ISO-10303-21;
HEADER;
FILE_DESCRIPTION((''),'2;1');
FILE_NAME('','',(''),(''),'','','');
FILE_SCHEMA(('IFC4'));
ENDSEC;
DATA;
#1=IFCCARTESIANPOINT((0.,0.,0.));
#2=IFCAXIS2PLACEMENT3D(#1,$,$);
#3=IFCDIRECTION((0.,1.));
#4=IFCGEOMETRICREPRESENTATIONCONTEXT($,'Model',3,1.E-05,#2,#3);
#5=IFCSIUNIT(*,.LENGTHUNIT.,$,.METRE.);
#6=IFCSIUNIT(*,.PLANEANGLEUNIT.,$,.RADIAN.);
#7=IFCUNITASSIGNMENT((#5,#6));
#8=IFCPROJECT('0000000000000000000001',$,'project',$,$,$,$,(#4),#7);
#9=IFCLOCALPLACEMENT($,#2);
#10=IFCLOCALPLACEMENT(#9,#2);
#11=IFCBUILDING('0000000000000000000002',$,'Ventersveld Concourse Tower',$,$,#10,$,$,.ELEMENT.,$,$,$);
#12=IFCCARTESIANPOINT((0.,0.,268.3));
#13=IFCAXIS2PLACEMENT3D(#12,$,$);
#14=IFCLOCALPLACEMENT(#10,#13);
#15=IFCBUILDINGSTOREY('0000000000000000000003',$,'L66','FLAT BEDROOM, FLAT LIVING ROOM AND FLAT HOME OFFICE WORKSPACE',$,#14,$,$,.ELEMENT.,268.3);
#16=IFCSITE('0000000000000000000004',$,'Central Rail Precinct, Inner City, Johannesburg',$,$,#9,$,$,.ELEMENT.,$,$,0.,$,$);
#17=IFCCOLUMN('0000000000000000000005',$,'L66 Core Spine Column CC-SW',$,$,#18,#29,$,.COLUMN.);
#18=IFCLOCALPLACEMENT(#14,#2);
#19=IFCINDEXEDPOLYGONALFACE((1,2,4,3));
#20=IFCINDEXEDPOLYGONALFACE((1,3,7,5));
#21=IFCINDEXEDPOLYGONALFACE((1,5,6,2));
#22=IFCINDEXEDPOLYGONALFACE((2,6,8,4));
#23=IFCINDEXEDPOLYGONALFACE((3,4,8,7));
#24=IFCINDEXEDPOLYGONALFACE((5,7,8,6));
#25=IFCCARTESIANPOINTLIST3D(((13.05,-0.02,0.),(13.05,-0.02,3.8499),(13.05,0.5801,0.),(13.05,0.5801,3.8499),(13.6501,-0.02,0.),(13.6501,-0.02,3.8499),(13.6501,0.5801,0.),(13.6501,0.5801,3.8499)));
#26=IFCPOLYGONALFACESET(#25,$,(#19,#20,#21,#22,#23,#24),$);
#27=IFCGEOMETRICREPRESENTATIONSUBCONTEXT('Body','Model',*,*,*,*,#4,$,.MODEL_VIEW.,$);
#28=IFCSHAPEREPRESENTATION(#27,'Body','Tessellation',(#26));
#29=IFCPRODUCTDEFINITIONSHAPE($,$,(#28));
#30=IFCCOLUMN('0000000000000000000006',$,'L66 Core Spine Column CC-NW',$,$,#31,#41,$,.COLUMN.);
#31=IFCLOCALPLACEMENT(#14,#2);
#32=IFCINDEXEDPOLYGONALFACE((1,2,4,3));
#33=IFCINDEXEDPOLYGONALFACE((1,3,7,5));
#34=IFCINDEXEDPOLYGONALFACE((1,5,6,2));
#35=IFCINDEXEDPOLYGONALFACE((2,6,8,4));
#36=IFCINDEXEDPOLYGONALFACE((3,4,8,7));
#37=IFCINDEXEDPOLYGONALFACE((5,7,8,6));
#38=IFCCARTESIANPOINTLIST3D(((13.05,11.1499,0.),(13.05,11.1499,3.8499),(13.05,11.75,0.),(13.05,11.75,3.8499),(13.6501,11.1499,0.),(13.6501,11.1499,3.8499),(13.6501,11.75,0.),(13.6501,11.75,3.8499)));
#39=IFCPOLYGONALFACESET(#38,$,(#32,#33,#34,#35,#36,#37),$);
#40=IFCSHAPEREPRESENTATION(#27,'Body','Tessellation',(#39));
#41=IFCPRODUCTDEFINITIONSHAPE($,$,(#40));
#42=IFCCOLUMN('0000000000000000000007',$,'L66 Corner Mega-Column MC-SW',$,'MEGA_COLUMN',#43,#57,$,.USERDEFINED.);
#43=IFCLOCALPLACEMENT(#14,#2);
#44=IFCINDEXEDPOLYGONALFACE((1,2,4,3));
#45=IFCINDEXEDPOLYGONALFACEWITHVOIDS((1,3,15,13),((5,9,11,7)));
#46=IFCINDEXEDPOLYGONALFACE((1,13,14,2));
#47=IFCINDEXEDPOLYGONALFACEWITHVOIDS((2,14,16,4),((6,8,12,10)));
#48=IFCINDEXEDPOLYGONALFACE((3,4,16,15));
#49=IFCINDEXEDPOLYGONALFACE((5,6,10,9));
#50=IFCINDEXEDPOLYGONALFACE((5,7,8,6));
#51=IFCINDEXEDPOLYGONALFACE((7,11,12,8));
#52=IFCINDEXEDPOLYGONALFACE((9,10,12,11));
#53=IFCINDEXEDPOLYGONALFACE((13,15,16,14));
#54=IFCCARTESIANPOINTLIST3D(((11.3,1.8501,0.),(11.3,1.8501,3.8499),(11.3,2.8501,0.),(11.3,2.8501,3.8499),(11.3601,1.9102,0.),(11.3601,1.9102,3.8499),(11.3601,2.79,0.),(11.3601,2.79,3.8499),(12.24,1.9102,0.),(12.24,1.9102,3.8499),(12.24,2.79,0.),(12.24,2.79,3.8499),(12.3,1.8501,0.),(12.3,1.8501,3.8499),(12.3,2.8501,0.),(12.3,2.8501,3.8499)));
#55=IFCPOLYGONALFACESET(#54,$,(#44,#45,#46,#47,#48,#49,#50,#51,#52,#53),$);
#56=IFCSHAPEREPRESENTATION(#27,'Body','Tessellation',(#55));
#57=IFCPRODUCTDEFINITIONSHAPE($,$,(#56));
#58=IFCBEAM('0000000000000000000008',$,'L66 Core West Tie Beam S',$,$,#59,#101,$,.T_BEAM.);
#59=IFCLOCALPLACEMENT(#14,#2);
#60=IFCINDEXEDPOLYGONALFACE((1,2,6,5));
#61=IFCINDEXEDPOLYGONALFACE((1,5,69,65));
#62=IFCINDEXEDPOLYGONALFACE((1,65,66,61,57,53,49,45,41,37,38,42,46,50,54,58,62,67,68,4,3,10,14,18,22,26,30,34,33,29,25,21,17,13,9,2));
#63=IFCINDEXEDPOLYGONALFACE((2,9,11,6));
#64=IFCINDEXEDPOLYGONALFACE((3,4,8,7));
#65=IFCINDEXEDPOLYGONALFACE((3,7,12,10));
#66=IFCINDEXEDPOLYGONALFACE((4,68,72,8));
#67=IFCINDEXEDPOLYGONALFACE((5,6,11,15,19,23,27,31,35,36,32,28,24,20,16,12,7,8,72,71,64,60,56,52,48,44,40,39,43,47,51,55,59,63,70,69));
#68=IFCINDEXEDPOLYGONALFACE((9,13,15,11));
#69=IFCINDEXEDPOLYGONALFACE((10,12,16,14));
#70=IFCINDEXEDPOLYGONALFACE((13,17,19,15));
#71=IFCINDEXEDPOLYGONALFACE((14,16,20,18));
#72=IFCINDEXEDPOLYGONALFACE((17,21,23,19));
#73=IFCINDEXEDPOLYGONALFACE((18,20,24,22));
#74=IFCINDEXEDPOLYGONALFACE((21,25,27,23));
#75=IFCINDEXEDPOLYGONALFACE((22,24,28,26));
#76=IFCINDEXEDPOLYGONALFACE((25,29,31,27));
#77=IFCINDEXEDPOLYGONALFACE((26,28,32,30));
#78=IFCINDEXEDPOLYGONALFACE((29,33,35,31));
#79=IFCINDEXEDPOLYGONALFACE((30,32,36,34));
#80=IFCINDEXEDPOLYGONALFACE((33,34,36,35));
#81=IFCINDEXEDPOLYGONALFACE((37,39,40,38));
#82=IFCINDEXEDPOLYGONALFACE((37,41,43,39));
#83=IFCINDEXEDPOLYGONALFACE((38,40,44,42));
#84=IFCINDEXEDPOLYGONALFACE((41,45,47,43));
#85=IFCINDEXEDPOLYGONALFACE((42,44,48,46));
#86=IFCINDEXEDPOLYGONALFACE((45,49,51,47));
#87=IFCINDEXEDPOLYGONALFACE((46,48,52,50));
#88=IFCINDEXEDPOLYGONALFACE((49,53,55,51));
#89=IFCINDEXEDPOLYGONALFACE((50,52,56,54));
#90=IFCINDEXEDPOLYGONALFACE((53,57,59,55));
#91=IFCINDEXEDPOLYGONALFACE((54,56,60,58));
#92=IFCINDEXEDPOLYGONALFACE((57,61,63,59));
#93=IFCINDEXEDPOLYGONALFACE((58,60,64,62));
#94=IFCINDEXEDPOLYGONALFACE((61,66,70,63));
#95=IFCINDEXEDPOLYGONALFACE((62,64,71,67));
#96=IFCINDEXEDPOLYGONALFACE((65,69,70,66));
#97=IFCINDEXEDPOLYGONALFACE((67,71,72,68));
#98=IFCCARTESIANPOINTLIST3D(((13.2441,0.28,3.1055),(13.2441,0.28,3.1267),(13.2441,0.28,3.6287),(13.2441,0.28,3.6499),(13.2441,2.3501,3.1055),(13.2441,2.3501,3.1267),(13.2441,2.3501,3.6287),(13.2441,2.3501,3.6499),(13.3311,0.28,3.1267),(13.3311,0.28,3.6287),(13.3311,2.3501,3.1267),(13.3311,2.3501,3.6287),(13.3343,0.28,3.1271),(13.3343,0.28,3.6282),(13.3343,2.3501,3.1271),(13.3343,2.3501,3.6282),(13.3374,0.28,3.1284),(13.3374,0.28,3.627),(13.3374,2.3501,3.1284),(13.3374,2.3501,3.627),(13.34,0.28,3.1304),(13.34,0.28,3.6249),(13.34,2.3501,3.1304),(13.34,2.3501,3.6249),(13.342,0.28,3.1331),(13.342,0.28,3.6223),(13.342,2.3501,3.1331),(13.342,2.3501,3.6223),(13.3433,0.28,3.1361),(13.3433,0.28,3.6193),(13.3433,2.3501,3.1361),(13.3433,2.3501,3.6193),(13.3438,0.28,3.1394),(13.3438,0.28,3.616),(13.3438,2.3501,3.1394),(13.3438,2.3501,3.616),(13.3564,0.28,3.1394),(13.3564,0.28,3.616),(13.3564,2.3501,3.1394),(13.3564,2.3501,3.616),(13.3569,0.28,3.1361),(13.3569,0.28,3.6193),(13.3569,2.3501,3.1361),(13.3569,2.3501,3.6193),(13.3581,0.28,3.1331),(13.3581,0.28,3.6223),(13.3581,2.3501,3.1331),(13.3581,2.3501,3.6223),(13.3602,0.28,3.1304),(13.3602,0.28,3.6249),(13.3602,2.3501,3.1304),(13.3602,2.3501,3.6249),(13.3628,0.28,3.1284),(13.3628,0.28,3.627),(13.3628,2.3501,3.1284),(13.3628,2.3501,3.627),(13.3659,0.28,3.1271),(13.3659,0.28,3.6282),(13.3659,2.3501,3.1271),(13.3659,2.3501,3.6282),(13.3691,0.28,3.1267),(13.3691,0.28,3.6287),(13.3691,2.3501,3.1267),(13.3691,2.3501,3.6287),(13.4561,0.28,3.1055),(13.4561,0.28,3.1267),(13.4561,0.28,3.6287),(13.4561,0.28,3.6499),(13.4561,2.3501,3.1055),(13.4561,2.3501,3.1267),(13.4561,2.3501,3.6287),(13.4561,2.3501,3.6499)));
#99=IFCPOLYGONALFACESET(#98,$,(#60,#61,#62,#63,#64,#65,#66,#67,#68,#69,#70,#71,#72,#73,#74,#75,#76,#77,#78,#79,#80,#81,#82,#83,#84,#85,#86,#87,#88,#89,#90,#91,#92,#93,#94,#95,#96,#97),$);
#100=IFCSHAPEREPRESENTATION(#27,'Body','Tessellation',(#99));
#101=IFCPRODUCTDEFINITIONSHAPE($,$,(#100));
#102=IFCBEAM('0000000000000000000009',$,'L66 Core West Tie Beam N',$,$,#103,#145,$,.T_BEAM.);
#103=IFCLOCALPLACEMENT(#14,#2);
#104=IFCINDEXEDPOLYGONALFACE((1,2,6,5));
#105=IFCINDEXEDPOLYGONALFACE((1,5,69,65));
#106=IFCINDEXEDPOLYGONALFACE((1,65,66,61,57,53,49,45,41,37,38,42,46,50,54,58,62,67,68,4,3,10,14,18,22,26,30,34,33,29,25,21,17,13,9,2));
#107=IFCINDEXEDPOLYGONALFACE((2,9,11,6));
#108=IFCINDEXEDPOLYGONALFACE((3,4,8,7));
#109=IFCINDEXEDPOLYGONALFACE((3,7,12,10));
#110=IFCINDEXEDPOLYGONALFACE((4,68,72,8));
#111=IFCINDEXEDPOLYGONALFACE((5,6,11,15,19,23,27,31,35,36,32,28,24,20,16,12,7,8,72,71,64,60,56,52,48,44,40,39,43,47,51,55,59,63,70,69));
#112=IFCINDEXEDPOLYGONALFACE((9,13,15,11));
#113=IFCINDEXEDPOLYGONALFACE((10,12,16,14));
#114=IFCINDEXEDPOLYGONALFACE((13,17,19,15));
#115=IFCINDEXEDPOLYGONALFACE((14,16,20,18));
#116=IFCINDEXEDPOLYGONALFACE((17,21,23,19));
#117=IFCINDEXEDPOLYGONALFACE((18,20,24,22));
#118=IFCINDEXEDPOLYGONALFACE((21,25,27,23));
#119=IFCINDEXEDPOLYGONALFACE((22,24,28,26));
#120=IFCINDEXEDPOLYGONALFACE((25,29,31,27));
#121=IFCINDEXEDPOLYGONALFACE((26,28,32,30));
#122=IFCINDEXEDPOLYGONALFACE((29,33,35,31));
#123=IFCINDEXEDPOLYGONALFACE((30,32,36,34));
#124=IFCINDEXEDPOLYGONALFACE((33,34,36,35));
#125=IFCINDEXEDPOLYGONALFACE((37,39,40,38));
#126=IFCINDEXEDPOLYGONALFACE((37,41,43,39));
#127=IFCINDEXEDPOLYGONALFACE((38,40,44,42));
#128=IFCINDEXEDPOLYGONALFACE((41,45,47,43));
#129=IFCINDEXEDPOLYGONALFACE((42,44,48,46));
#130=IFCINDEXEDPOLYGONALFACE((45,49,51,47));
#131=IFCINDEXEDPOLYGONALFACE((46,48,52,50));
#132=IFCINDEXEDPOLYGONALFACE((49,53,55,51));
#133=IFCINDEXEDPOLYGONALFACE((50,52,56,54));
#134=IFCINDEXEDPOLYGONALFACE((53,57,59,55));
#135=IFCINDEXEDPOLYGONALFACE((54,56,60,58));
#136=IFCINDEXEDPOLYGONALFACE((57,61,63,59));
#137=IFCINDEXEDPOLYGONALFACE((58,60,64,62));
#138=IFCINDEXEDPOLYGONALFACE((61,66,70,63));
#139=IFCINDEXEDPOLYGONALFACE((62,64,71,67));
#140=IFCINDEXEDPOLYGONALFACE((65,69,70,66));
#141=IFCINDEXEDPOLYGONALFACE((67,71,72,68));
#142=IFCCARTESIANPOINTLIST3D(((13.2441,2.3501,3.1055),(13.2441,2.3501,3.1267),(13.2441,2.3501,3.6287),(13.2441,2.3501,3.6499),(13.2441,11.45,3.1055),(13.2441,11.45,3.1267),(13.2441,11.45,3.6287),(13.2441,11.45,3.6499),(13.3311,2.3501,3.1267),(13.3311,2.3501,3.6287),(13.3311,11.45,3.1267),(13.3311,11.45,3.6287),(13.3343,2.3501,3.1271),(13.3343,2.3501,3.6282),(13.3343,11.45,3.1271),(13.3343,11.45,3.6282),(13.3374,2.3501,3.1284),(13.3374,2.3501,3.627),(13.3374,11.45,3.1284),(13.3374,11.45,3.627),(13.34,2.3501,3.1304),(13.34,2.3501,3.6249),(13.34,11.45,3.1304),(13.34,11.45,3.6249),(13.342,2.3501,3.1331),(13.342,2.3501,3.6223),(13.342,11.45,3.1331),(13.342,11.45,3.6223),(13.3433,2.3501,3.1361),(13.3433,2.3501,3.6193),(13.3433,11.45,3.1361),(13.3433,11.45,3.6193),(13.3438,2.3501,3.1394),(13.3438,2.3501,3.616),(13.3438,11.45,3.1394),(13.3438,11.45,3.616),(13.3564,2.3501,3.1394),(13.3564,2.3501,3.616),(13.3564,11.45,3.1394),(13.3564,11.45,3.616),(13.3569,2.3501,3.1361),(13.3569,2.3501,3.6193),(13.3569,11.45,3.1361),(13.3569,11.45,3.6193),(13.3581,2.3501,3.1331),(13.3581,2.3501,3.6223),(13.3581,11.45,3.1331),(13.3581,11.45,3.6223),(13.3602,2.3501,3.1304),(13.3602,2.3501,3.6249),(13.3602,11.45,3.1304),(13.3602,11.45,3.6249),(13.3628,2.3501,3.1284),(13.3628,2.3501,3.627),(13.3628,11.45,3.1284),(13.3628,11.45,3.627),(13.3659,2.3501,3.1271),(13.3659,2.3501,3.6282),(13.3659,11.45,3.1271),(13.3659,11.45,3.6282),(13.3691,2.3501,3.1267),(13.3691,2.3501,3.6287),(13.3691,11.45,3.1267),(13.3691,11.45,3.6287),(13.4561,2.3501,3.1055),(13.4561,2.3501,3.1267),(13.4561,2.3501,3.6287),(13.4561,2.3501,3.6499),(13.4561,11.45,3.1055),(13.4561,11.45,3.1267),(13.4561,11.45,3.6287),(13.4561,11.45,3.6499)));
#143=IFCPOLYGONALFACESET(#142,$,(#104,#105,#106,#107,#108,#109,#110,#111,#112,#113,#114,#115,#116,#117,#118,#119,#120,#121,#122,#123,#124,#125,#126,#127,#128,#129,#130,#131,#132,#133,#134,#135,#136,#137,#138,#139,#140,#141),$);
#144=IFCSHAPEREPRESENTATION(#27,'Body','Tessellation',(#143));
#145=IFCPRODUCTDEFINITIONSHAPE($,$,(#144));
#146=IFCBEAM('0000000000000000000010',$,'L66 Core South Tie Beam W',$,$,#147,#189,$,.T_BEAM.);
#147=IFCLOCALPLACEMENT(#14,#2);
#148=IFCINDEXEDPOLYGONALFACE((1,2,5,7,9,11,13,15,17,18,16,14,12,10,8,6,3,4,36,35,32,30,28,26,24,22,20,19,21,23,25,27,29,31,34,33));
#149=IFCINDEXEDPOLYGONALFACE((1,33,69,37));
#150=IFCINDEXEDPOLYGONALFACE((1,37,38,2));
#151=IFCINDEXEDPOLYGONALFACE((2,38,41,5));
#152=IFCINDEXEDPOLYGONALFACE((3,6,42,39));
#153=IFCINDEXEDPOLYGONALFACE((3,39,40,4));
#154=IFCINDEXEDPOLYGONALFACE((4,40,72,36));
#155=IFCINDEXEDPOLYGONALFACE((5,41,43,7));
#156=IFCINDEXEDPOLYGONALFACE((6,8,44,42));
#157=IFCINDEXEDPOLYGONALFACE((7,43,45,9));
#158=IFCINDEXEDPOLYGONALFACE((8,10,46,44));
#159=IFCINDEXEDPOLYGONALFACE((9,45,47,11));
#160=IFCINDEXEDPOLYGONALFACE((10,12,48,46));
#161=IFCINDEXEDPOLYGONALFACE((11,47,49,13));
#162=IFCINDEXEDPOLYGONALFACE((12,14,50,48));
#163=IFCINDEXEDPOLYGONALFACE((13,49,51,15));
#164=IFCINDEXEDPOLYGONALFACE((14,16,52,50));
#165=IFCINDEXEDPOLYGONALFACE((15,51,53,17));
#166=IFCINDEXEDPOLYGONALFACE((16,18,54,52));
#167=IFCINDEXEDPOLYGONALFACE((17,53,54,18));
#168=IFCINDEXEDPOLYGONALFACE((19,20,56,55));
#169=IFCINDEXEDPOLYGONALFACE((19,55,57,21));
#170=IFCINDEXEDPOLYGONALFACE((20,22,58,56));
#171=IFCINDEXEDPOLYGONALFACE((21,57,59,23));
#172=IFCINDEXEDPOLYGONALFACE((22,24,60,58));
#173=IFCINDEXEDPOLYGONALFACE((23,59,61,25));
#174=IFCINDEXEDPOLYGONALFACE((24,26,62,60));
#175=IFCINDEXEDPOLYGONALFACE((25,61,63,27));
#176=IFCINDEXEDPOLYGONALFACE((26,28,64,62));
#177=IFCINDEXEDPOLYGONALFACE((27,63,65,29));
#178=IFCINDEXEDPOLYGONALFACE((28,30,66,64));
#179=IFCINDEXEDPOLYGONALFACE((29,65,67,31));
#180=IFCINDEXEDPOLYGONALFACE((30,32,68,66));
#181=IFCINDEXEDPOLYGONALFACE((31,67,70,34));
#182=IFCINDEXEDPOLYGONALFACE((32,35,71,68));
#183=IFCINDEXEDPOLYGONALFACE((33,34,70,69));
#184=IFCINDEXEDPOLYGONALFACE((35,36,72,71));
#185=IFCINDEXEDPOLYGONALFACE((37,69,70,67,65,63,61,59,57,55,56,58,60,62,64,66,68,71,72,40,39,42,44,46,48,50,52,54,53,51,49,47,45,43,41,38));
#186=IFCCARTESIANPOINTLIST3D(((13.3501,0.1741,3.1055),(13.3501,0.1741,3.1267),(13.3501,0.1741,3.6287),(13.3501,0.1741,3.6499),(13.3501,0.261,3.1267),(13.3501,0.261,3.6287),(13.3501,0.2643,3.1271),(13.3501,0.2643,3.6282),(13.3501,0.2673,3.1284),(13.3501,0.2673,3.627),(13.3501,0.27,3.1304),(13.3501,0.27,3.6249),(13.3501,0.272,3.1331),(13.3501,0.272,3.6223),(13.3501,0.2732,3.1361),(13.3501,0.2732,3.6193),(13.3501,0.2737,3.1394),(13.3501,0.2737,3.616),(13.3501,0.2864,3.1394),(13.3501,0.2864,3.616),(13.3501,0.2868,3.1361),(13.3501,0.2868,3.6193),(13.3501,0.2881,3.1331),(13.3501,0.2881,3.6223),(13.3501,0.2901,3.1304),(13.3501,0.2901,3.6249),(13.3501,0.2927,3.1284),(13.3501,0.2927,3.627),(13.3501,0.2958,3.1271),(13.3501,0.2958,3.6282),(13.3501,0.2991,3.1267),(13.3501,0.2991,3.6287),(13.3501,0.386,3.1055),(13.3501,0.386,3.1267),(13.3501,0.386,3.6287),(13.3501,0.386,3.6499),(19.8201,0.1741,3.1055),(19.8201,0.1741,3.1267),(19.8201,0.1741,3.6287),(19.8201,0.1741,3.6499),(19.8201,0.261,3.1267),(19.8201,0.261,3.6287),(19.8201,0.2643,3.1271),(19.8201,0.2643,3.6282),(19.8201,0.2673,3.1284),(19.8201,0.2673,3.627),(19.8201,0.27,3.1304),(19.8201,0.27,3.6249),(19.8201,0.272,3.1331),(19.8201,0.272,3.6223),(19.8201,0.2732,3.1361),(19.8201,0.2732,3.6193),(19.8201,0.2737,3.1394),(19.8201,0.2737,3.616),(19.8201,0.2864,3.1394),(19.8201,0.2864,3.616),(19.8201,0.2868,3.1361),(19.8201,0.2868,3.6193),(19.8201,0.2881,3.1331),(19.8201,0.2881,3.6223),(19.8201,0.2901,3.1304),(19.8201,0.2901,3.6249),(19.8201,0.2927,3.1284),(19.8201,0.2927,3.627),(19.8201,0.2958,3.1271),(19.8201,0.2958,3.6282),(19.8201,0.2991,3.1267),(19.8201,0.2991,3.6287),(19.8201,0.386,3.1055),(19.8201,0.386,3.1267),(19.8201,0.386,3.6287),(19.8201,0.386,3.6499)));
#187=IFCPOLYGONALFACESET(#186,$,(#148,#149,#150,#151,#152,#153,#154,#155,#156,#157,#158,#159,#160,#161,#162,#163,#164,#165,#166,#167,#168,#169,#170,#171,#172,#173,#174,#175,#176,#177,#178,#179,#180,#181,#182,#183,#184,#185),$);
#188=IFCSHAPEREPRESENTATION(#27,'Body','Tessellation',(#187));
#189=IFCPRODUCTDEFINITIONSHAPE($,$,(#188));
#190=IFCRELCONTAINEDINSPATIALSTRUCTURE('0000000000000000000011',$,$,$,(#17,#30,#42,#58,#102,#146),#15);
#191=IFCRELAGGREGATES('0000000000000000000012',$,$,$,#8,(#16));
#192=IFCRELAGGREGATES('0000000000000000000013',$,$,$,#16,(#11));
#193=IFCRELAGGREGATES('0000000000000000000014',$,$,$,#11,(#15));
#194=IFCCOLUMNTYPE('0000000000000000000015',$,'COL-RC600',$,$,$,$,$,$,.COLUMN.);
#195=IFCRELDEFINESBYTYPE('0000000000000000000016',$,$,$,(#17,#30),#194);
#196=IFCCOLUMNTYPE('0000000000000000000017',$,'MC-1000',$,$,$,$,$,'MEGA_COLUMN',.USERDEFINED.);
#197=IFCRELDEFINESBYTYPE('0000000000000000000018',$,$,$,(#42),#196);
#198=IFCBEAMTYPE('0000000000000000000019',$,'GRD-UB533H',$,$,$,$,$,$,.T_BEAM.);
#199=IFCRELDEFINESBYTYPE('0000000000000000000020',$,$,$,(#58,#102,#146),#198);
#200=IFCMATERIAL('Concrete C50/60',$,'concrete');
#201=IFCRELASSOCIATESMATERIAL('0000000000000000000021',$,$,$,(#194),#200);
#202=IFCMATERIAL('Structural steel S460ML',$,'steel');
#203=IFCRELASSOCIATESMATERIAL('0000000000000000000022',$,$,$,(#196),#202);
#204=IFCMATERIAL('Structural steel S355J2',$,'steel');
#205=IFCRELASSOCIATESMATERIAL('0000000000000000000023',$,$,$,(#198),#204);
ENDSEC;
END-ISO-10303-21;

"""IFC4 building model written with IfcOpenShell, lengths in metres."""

from ifc_helpers import new_model, si_unit, direction, frame, origin, origin_2d, place, context, subcontext, project, spatial, rectangle, hollow_rectangle, i_section, extrude, material, material_profile, profile_set, type_object, element, save


model = new_model("IFC4")

# Units and contexts
model_context = context("Model", 3, precision=1e-05, world=origin(), true_north=direction((0.0, 1.0)))
body_context = subcontext(model_context, "Body", "Model", "MODEL_VIEW")
ifc_project = project(units=[si_unit("LENGTHUNIT", "METRE"), si_unit("PLANEANGLEUNIT", "RADIAN")], contexts=[model_context])

# Site, building, storey
site_placement = place(None, origin())
site = spatial("IfcSite", under=ifc_project, at=site_placement, Name="Central Rail Precinct, Inner City, Johannesburg", CompositionType="ELEMENT", RefElevation=0.0)
building_placement = place(site_placement, origin())
building = spatial("IfcBuilding", under=site, at=building_placement, Name="Ventersveld Concourse Tower", CompositionType="ELEMENT")
storey_placement = place(building_placement, frame((0.0, 0.0, 268.3)))
storey = spatial("IfcBuildingStorey", under=building, at=storey_placement, Name="L66", Description="FLAT BEDROOM, FLAT LIVING ROOM AND FLAT HOME OFFICE WORKSPACE", CompositionType="ELEMENT", Elevation=268.3)

# Columns
ifc_material_1 = material(Name="Concrete C50/60", Category="concrete")
ifc_material_profile_1 = material_profile(ifc_material_1, rectangle(XDim=0.6001, YDim=0.6001, at=origin_2d()), Name="RC 600x600")
ifc_profile_set_1 = profile_set([ifc_material_profile_1], Name="Concrete C50/60")
column_type_1 = type_object("IfcColumnType", Name="COL-RC600", PredefinedType="COLUMN", material=ifc_profile_set_1)
for number, where, z_axis, x_axis, name in (
    (1, (13.3501, 0.28, 0.0), (0.0, 0.0, 1.0), (1.0, 0.0, 0.0), "L66 Core Spine Column CC-SW"),
    (2, (13.3501, 11.45, 0.0), (0.0, 0.0, 1.0), (1.0, 0.0, 0.0), "L66 Core Spine Column CC-NW"),
):
    element("IfcColumn", number, at=place(storey_placement, frame(where, z_axis=z_axis, x_axis=x_axis)), inside=storey, type_object=column_type_1, Name=name, PredefinedType="COLUMN", context=body_context, shape_type="SweptSolid", body=[
        extrude(rectangle(XDim=0.6001, YDim=0.6001, at=origin_2d()), origin(), (0.0, 0.0, 1.0), 3.8499),
    ])
ifc_material_2 = material(Name="Structural steel S460ML", Category="steel")
ifc_material_profile_2 = material_profile(ifc_material_2, hollow_rectangle(XDim=1.0, YDim=1.0, WallThickness=0.0601, at=origin_2d()), Name="BOX 1000x1000x60")
ifc_profile_set_2 = profile_set([ifc_material_profile_2], Name="Structural steel S460ML")
column_type_2 = type_object("IfcColumnType", Name="MC-1000", ElementType="MEGA_COLUMN", PredefinedType="USERDEFINED", material=ifc_profile_set_2)
column_placement = place(storey_placement, frame((11.8, 2.3501, 0.0), z_axis=(0.0, 0.0, 1.0), x_axis=(1.0, 0.0, 0.0)))
element("IfcColumn", 3, at=column_placement, inside=storey, type_object=column_type_2, Name="L66 Corner Mega-Column MC-SW", ObjectType="MEGA_COLUMN", PredefinedType="USERDEFINED", context=body_context, shape_type="SweptSolid", body=[
    extrude(hollow_rectangle(XDim=1.0, YDim=1.0, WallThickness=0.0601, at=origin_2d()), origin(), (0.0, 0.0, 1.0), 3.8499),
])

# Beams
ifc_material_3 = material(Name="Structural steel S355J2", Category="steel")
ifc_material_profile_3 = material_profile(ifc_material_3, i_section(OverallWidth=0.2119, OverallDepth=0.5444, WebThickness=0.0127, FlangeThickness=0.0212, FilletRadius=0.0127, at=origin_2d()), Name="UB 533x210x122")
ifc_profile_set_3 = profile_set([ifc_material_profile_3], Name="Structural steel S355J2")
beam_type_1 = type_object("IfcBeamType", Name="GRD-UB533H", PredefinedType="T_BEAM", material=ifc_profile_set_3)
beam_1_placement = place(storey_placement, frame((13.3501, 0.28, 3.3777), z_axis=(0.0, 1.0, 0.0), x_axis=(-1.0, 0.0, 0.0)))
element("IfcBeam", 4, at=beam_1_placement, inside=storey, type_object=beam_type_1, Name="L66 Core West Tie Beam S", PredefinedType="T_BEAM", context=body_context, shape_type="SweptSolid", body=[
    extrude(i_section(OverallWidth=0.2119, OverallDepth=0.5444, WebThickness=0.0127, FlangeThickness=0.0212, FilletRadius=0.0127, at=origin_2d()), origin(), (0.0, 0.0, 1.0), 2.0701),
])
beam_2_placement = place(storey_placement, frame((13.3501, 2.3501, 3.3777), z_axis=(0.0, 1.0, 0.0), x_axis=(-1.0, 0.0, 0.0)))
element("IfcBeam", 5, at=beam_2_placement, inside=storey, type_object=beam_type_1, Name="L66 Core West Tie Beam N", PredefinedType="T_BEAM", context=body_context, shape_type="SweptSolid", body=[
    extrude(i_section(OverallWidth=0.2119, OverallDepth=0.5444, WebThickness=0.0127, FlangeThickness=0.0212, FilletRadius=0.0127, at=origin_2d()), origin(), (0.0, 0.0, 1.0), 9.0999),
])
beam_3_placement = place(storey_placement, frame((13.3501, 0.28, 3.3777), z_axis=(1.0, 0.0, 0.0), x_axis=(0.0, 1.0, 0.0)))
element("IfcBeam", 6, at=beam_3_placement, inside=storey, type_object=beam_type_1, Name="L66 Core South Tie Beam W", PredefinedType="T_BEAM", context=body_context, shape_type="SweptSolid", body=[
    extrude(i_section(OverallWidth=0.2119, OverallDepth=0.5444, WebThickness=0.0127, FlangeThickness=0.0212, FilletRadius=0.0127, at=origin_2d()), origin(), (0.0, 0.0, 1.0), 6.47),
])

save(model, "model.ifc")
